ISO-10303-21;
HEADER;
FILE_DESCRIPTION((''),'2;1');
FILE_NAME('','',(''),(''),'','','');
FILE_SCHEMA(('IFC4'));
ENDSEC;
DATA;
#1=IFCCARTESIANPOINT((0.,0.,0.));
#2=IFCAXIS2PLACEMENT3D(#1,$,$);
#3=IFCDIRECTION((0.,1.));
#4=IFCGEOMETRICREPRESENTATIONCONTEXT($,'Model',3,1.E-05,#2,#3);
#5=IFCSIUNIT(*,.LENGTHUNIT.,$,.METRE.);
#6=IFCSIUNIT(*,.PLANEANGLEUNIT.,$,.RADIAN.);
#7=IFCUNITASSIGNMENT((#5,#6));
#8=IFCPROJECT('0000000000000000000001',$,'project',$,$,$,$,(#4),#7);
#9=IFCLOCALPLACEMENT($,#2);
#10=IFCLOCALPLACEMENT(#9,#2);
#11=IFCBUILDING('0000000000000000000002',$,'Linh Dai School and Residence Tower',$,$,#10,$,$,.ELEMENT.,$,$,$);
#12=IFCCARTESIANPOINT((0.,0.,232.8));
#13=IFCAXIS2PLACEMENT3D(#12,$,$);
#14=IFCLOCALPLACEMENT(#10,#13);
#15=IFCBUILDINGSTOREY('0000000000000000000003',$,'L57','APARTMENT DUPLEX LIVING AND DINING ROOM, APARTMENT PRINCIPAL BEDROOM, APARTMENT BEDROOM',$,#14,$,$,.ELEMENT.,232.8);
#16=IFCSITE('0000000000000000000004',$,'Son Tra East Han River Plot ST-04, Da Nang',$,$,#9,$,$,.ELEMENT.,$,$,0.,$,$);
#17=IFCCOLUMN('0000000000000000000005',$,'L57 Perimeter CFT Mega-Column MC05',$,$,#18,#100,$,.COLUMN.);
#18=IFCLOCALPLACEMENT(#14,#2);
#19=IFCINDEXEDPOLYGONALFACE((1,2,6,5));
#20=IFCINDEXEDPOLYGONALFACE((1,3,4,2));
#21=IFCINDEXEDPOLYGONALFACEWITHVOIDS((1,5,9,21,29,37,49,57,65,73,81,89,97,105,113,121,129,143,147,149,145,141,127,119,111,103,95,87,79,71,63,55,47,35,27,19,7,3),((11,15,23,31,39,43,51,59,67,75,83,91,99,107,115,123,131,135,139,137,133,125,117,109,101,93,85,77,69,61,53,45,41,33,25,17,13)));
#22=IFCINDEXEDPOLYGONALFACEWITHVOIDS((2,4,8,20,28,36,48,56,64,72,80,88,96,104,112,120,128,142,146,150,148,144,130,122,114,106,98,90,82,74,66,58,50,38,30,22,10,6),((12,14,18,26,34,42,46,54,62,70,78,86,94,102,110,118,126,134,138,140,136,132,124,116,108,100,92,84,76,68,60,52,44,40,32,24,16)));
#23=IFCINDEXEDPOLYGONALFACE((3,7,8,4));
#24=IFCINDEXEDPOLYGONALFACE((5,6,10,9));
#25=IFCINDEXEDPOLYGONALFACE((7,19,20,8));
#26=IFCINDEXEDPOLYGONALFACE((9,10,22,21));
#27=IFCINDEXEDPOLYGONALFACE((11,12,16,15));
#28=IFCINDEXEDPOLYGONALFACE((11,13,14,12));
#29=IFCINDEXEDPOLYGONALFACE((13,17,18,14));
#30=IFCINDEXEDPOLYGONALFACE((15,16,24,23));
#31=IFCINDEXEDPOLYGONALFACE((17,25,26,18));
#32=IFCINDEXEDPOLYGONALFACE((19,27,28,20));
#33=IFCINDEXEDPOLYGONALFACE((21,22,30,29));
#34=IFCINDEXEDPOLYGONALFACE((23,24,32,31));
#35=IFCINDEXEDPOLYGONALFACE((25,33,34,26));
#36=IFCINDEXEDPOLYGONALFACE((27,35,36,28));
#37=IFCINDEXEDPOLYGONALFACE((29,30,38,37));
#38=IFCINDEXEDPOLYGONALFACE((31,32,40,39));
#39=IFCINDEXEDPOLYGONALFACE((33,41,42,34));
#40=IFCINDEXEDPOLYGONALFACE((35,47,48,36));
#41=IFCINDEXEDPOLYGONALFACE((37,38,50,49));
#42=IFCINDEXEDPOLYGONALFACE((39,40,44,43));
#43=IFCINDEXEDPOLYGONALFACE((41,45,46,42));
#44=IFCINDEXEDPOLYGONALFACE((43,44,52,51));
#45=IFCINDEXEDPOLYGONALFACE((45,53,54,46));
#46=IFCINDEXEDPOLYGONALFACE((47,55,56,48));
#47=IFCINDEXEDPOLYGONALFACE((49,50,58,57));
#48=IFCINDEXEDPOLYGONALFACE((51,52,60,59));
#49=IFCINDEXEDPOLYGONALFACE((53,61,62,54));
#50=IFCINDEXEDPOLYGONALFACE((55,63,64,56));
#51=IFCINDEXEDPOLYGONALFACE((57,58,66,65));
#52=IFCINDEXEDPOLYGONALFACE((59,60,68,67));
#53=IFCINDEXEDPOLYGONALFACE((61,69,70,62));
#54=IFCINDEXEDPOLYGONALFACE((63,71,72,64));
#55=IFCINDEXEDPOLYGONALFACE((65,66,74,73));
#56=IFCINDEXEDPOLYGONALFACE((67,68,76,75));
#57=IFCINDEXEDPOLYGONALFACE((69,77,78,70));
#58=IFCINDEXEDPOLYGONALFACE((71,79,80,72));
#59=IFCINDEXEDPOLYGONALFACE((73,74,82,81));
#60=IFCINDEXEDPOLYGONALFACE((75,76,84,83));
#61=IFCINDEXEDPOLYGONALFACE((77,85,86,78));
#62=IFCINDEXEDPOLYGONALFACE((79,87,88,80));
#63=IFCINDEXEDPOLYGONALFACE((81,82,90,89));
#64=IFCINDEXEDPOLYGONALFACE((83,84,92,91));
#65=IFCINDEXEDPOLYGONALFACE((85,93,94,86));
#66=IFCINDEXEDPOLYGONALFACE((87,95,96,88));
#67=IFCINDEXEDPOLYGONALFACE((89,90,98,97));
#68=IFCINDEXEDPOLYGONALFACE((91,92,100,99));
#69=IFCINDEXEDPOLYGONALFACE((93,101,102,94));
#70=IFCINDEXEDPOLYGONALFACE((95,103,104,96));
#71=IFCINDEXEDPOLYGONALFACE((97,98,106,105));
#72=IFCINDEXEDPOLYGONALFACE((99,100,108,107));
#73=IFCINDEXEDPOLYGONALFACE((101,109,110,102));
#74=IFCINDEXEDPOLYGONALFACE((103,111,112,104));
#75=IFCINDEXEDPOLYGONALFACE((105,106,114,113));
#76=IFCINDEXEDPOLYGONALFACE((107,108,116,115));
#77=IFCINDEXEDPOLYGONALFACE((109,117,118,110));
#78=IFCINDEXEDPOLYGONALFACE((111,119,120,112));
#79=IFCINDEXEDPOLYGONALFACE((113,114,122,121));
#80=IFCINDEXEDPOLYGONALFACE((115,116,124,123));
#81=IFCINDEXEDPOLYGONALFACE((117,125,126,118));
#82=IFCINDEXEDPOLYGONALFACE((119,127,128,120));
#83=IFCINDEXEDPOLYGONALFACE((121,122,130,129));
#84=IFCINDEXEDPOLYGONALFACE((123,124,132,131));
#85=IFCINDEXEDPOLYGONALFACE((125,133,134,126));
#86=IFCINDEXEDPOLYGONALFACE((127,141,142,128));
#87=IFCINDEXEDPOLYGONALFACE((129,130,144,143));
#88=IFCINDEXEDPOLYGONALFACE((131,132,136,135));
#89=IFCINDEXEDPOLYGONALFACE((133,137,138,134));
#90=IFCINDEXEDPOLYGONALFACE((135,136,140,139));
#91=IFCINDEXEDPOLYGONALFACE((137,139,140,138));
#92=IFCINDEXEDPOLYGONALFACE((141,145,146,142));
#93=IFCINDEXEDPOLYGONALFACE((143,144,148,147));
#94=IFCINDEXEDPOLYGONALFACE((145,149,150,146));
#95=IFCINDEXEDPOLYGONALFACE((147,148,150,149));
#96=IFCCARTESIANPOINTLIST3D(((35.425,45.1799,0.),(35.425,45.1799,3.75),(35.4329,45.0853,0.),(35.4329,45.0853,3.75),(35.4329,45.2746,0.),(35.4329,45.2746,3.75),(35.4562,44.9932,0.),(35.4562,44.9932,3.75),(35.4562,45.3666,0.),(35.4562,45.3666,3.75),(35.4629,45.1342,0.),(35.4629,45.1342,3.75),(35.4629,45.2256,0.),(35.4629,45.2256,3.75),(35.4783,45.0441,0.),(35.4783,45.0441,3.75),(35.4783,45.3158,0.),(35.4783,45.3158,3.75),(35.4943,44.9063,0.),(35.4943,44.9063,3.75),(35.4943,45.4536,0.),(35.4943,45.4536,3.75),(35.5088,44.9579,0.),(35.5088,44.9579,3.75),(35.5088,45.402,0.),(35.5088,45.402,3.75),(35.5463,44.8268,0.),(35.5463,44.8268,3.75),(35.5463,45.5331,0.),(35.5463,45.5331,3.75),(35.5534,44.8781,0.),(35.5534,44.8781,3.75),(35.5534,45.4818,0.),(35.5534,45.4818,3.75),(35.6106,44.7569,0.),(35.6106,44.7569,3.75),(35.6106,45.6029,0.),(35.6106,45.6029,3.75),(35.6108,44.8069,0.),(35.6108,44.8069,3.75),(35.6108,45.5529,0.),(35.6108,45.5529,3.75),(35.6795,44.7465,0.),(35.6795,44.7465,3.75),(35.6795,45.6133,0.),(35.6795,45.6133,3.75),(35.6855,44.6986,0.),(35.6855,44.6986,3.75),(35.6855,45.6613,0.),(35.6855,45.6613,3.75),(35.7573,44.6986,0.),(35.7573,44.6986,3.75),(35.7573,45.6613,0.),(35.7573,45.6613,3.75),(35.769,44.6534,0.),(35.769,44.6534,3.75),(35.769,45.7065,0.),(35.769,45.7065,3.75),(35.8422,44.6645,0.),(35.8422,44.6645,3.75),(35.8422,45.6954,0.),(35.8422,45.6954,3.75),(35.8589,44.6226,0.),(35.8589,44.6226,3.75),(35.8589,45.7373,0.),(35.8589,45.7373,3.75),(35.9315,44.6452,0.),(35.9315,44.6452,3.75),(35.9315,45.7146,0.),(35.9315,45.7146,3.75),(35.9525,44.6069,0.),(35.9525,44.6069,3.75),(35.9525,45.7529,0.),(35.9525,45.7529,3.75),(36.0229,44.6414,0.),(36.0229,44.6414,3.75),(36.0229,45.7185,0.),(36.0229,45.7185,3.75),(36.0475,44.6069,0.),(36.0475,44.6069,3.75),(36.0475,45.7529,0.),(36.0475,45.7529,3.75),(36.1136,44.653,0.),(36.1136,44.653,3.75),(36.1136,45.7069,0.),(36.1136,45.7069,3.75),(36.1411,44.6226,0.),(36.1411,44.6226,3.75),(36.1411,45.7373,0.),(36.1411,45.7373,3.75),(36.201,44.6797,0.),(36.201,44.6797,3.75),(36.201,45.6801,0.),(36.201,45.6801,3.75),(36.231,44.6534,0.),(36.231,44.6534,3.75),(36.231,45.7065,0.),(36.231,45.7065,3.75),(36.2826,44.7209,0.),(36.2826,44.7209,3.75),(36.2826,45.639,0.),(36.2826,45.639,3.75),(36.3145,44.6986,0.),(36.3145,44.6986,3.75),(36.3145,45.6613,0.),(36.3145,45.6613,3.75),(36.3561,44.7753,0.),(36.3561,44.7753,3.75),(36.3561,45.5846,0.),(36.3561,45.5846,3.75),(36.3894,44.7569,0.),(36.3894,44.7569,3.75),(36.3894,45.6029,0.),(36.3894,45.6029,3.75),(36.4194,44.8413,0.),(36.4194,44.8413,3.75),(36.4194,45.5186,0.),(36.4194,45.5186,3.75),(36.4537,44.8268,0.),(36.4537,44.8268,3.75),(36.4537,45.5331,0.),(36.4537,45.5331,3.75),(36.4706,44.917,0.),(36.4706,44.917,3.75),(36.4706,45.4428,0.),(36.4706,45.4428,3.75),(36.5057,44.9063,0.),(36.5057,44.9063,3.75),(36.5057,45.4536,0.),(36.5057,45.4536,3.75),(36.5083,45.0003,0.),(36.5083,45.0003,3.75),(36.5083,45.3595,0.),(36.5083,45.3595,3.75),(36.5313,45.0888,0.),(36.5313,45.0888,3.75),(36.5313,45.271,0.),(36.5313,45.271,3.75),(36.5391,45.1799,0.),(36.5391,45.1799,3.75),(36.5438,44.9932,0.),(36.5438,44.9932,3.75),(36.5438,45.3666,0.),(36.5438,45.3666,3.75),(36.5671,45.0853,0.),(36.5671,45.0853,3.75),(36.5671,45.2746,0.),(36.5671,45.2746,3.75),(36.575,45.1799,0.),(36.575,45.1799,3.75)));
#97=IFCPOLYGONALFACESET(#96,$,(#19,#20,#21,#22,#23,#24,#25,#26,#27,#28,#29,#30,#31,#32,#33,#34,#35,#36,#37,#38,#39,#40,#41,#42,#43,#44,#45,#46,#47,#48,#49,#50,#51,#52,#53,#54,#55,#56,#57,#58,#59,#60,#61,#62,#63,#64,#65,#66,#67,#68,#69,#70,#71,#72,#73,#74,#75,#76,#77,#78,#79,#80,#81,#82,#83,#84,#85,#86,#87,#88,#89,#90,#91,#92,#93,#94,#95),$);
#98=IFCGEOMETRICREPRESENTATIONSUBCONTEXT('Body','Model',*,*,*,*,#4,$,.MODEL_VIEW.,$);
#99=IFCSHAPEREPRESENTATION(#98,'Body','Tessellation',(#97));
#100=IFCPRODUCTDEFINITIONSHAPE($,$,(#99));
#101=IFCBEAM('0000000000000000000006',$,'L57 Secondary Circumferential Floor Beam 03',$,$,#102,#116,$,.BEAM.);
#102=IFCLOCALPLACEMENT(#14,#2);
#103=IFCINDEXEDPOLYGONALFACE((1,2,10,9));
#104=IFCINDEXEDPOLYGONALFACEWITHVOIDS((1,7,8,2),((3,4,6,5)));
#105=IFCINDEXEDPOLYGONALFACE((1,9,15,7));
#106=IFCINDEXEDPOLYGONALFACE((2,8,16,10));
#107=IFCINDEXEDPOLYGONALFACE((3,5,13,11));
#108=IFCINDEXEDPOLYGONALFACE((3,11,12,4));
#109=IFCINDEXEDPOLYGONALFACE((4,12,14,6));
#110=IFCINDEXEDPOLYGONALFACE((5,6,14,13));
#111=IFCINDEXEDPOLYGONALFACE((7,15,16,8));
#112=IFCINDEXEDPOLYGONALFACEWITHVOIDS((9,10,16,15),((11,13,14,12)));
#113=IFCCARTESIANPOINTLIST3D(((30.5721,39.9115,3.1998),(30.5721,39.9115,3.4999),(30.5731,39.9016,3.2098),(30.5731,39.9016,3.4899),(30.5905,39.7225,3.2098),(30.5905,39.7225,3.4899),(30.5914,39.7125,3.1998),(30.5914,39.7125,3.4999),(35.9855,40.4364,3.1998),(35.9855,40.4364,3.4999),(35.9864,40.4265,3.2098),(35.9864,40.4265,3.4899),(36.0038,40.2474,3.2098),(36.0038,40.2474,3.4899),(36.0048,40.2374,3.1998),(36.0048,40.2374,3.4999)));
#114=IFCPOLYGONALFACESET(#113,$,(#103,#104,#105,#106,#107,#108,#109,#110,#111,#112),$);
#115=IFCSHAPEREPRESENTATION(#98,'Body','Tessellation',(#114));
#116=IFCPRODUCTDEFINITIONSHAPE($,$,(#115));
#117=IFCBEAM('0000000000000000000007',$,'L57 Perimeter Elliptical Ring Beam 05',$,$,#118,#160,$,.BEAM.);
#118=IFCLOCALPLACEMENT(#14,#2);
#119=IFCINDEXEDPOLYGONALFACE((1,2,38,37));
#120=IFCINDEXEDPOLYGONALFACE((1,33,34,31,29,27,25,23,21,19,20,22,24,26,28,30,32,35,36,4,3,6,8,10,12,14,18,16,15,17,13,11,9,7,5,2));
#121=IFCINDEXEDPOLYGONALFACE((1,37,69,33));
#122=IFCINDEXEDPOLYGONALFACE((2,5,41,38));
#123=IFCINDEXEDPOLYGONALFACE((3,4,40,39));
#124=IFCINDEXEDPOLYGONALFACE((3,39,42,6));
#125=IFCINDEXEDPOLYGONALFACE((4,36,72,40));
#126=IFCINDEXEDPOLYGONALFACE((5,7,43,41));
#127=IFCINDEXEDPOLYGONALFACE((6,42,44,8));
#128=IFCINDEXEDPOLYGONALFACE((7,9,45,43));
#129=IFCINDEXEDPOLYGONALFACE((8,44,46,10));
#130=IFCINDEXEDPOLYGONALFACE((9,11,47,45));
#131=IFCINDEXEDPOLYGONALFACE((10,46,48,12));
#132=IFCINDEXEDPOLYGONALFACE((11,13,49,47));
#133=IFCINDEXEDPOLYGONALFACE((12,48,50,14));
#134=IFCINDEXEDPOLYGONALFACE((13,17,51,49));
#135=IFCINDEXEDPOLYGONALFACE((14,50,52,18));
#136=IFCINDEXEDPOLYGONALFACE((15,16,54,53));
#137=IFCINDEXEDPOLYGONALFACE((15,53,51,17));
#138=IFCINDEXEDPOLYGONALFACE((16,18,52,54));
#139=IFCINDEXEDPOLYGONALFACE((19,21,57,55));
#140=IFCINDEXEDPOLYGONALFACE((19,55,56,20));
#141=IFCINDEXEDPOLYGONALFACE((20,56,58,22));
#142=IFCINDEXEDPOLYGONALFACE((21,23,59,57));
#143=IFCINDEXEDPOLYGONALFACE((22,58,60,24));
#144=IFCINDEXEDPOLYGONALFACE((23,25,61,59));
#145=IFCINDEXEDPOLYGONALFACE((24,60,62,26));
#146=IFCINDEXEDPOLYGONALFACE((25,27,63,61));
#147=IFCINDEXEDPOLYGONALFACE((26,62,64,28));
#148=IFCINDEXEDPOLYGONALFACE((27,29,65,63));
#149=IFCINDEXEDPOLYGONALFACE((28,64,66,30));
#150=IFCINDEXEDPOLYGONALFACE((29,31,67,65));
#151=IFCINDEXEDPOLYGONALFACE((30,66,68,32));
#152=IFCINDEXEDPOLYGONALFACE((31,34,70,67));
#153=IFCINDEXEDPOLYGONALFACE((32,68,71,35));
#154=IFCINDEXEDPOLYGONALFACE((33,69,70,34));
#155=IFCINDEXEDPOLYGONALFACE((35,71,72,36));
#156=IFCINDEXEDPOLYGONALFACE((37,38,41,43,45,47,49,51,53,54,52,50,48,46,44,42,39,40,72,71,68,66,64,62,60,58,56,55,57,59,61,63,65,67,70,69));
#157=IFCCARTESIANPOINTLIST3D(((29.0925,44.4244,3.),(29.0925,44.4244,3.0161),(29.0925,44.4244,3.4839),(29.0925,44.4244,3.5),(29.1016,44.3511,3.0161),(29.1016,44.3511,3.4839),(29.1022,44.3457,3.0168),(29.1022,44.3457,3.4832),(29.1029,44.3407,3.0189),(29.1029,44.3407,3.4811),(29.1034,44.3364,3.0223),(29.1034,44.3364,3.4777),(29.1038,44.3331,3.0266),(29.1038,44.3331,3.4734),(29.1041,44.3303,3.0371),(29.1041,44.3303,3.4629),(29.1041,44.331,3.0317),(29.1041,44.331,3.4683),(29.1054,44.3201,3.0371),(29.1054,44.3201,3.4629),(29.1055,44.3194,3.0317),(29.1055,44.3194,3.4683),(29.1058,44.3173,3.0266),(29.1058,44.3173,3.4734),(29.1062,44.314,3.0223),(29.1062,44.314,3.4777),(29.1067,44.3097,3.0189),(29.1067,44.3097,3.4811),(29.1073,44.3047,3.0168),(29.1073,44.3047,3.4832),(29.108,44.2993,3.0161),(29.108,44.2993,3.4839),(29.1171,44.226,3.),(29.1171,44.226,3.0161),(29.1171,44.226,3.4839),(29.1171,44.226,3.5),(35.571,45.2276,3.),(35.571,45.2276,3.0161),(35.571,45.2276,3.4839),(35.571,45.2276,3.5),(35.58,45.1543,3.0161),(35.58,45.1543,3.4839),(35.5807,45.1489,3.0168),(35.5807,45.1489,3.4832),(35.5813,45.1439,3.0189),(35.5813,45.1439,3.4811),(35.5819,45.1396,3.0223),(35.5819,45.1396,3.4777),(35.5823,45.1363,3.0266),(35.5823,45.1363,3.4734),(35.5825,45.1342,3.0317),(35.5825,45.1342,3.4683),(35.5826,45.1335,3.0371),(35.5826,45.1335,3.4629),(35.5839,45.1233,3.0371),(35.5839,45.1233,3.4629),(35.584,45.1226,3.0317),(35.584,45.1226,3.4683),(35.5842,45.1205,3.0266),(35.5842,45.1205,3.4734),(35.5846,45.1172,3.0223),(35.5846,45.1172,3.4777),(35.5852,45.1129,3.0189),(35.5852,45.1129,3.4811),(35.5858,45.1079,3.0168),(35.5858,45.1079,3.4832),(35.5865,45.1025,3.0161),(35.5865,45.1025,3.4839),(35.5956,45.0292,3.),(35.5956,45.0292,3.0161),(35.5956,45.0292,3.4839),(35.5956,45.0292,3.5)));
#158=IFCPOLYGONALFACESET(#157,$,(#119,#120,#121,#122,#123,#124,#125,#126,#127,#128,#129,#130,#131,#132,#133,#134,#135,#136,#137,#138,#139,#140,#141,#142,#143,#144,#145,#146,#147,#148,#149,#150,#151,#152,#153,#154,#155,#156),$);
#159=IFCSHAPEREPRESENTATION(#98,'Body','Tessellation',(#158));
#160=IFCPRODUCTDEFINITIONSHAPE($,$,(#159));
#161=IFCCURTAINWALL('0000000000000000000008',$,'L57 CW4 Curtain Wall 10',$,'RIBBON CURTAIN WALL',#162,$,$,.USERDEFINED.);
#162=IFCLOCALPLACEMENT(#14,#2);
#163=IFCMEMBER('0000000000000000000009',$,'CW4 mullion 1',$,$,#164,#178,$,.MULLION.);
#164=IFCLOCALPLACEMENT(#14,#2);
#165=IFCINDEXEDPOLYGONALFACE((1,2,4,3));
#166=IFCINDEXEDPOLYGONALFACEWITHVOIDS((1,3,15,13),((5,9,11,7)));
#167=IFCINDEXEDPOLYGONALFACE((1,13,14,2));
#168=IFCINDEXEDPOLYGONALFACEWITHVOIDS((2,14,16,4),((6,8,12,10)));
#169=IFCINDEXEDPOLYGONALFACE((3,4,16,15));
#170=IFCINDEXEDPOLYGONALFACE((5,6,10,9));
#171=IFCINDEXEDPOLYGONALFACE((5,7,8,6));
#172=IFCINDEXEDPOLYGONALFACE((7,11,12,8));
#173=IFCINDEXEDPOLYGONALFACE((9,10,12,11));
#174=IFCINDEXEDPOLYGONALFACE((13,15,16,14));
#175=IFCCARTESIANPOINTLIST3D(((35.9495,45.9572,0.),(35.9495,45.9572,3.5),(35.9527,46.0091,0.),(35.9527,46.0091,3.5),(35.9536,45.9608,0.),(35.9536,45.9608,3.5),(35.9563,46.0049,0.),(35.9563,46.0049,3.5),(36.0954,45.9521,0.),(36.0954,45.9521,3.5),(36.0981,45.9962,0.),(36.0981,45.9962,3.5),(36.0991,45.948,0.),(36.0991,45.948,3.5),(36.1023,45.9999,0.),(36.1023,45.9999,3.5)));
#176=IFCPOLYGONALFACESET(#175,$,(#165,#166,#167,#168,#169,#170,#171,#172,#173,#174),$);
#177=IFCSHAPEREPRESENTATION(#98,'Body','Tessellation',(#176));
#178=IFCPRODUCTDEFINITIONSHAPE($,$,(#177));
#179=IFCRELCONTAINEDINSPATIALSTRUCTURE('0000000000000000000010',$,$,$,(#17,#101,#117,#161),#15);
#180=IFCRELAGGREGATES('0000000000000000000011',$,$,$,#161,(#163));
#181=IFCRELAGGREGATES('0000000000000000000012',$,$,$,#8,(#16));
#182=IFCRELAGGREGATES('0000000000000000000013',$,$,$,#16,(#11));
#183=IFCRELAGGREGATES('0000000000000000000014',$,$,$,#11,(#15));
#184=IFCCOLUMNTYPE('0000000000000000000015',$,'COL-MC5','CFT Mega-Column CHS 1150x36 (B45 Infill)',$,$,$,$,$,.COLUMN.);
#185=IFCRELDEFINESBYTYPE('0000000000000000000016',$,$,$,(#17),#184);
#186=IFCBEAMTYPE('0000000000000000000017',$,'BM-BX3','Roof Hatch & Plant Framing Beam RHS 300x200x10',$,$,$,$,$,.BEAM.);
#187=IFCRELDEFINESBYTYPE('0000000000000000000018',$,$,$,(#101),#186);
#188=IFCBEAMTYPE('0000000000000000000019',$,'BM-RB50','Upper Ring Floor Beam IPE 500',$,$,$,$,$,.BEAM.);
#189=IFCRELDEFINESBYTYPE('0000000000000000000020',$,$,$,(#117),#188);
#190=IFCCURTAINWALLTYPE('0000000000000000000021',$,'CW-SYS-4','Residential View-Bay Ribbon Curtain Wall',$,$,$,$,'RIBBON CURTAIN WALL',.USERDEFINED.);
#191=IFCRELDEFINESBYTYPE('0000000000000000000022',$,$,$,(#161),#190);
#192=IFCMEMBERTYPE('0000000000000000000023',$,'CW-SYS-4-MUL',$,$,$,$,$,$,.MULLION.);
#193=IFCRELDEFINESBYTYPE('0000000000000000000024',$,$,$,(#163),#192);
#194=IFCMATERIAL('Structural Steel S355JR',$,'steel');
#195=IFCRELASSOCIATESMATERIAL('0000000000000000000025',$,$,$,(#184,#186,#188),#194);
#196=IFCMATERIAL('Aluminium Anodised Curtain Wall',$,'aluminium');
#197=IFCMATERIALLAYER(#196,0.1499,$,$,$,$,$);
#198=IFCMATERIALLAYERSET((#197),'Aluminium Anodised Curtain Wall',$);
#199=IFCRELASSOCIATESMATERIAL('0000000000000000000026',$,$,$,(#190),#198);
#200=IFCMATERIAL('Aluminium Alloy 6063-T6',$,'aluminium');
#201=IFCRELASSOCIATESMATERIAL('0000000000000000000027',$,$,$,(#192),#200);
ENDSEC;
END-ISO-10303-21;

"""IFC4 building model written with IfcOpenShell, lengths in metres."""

from ifc_helpers import new_model, si_unit, direction, frame, origin, origin_2d, place, context, subcontext, project, spatial, hollow_rectangle, hollow_circle, i_section, extrude, source, transform, mapped, material, layer, layer_set, material_profile, profile_set, type_object, element, aggregate, save


model = new_model("IFC4")

# Units and contexts
model_context = context("Model", 3, precision=1e-05, world=origin(), true_north=direction((0.0, 1.0)))
body_context = subcontext(model_context, "Body", "Model", "MODEL_VIEW")
ifc_project = project(units=[si_unit("LENGTHUNIT", "METRE"), si_unit("PLANEANGLEUNIT", "RADIAN")], contexts=[model_context])

# Site, building, storey
site_placement = place(None, origin())
site = spatial("IfcSite", under=ifc_project, at=site_placement, Name="Son Tra East Han River Plot ST-04, Da Nang", CompositionType="ELEMENT", RefElevation=0.0)
building_placement = place(site_placement, origin())
building = spatial("IfcBuilding", under=site, at=building_placement, Name="Linh Dai School and Residence Tower", CompositionType="ELEMENT")
storey_placement = place(building_placement, frame((0.0, 0.0, 232.8)))
storey = spatial("IfcBuildingStorey", under=building, at=storey_placement, Name="L57", Description="APARTMENT DUPLEX LIVING AND DINING ROOM, APARTMENT PRINCIPAL BEDROOM, APARTMENT BEDROOM", CompositionType="ELEMENT", Elevation=232.8)

# Column
ifc_material_1 = material(Name="Structural Steel S355JR", Category="steel")
ifc_material_profile_1 = material_profile(ifc_material_1, hollow_circle(Radius=0.575, WallThickness=0.0359, at=origin_2d()), Name="CHS 1150x36")
ifc_profile_set_1 = profile_set([ifc_material_profile_1], Name="Structural Steel S355JR")
column_type = type_object("IfcColumnType", Name="COL-MC5", Description="CFT Mega-Column CHS 1150x36 (B45 Infill)", PredefinedType="COLUMN", material=ifc_profile_set_1)
column_placement = place(storey_placement, frame((36.0, 45.1799, 0.0), z_axis=(0.0, 0.0, 1.0), x_axis=(1.0, 0.0, 0.0)))
element("IfcColumn", 1, at=column_placement, inside=storey, type_object=column_type, Name="L57 Perimeter CFT Mega-Column MC05", PredefinedType="COLUMN", context=body_context, shape_type="SweptSolid", body=[
    extrude(hollow_circle(Radius=0.575, WallThickness=0.0359, at=origin_2d()), origin(), (0.0, 0.0, 1.0), 3.75),
])

# Beams
ifc_material_profile_2 = material_profile(ifc_material_1, hollow_rectangle(XDim=0.2, YDim=0.3, WallThickness=0.01, at=origin_2d()), Name="RHS 300x200x10")
ifc_profile_set_2 = profile_set([ifc_material_profile_2], Name="Structural Steel S355JR")
beam_type_1 = type_object("IfcBeamType", Name="BM-BX3", Description="Roof Hatch & Plant Framing Beam RHS 300x200x10", PredefinedType="BEAM", material=ifc_profile_set_2)
beam_1_placement = place(storey_placement, frame((35.9951, 40.3369, 3.3499), z_axis=(-0.995332, -0.096512, 0.0), x_axis=(0.096512, -0.995332, 0.0)))
element("IfcBeam", 2, at=beam_1_placement, inside=storey, type_object=beam_type_1, Name="L57 Secondary Circumferential Floor Beam 03", PredefinedType="BEAM", context=body_context, shape_type="SweptSolid", body=[
    extrude(hollow_rectangle(XDim=0.2, YDim=0.3, WallThickness=0.01, at=origin_2d()), origin(), (0.0, 0.0, 1.0), 5.4387),
])
ifc_material_profile_3 = material_profile(ifc_material_1, i_section(OverallWidth=0.2, OverallDepth=0.5, WebThickness=0.0103, FlangeThickness=0.0161, FilletRadius=0.021, at=origin_2d()), Name="IPE 500")
ifc_profile_set_3 = profile_set([ifc_material_profile_3], Name="Structural Steel S355JR")
beam_type_2 = type_object("IfcBeamType", Name="BM-RB50", Description="Upper Ring Floor Beam IPE 500", PredefinedType="BEAM", material=ifc_profile_set_3)
beam_2_placement = place(storey_placement, frame((35.5833, 45.1284, 3.25), z_axis=(-0.992402, -0.12304, 0.0), x_axis=(0.12304, -0.992402, 0.0)))
element("IfcBeam", 3, at=beam_2_placement, inside=storey, type_object=beam_type_2, Name="L57 Perimeter Elliptical Ring Beam 05", PredefinedType="BEAM", context=body_context, shape_type="SweptSolid", body=[
    extrude(i_section(OverallWidth=0.2, OverallDepth=0.5, WebThickness=0.0103, FlangeThickness=0.0161, FilletRadius=0.021, at=origin_2d()), origin(), (0.0, 0.0, 1.0), 6.5281),
])

# Curtain wall, member
ifc_material_2 = material(Name="Aluminium Anodised Curtain Wall", Category="aluminium")
ifc_layer_1 = layer(ifc_material_2, 0.1499)
ifc_layer_set_1 = layer_set([ifc_layer_1], Name="Aluminium Anodised Curtain Wall")
curtain_wall_type = type_object("IfcCurtainWallType", Name="CW-SYS-4", Description="Residential View-Bay Ribbon Curtain Wall", ElementType="RIBBON CURTAIN WALL", PredefinedType="USERDEFINED", material=ifc_layer_set_1)
curtain_wall_placement = place(storey_placement, origin())
curtain_wall = element("IfcCurtainWall", 4, at=curtain_wall_placement, inside=storey, type_object=curtain_wall_type, Name="L57 CW4 Curtain Wall 10", ObjectType="RIBBON CURTAIN WALL", PredefinedType="USERDEFINED")
ifc_material_3 = material(Name="Aluminium Alloy 6063-T6", Category="aluminium")
ifc_material_profile_4 = material_profile(ifc_material_3, hollow_rectangle(XDim=0.052, YDim=0.1499, WallThickness=0.0039, at=origin_2d()), Name="RHS 150x52x4")
ifc_profile_set_4 = profile_set([ifc_material_profile_4], Name="Aluminium Alloy 6063-T6")
member_type_1 = type_object("IfcMemberType", Name="CW-SYS-4-MUL", PredefinedType="MULLION", material=ifc_profile_set_4)
shared_shape_1 = source(origin(), body_context, "Body", "SweptSolid", [
    extrude(hollow_rectangle(XDim=0.052, YDim=0.1499, WallThickness=0.0039, at=origin_2d()), origin(), (0.0, 0.0, 1.0), 3.5),
])
member_1_placement = place(storey_placement, frame((36.0259, 45.9785, 0.0), z_axis=(0.0, 0.0, 1.0), x_axis=(0.061504, 0.998107, 0.0)))
member_1 = element("IfcMember", 5, at=member_1_placement, type_object=member_type_1, Name="CW4 mullion 1", PredefinedType="MULLION", context=body_context, shape_type="MappedRepresentation", body=[
    mapped(shared_shape_1, transform((0.0, 0.0, 0.0), x_axis=(1.0, 0.0, 0.0), y_axis=(0.0, 1.0, 0.0), z_axis=(0.0, 0.0, 1.0), scale=1.0)),
])

aggregate(curtain_wall, [member_1])

save(model, "model.ifc")
